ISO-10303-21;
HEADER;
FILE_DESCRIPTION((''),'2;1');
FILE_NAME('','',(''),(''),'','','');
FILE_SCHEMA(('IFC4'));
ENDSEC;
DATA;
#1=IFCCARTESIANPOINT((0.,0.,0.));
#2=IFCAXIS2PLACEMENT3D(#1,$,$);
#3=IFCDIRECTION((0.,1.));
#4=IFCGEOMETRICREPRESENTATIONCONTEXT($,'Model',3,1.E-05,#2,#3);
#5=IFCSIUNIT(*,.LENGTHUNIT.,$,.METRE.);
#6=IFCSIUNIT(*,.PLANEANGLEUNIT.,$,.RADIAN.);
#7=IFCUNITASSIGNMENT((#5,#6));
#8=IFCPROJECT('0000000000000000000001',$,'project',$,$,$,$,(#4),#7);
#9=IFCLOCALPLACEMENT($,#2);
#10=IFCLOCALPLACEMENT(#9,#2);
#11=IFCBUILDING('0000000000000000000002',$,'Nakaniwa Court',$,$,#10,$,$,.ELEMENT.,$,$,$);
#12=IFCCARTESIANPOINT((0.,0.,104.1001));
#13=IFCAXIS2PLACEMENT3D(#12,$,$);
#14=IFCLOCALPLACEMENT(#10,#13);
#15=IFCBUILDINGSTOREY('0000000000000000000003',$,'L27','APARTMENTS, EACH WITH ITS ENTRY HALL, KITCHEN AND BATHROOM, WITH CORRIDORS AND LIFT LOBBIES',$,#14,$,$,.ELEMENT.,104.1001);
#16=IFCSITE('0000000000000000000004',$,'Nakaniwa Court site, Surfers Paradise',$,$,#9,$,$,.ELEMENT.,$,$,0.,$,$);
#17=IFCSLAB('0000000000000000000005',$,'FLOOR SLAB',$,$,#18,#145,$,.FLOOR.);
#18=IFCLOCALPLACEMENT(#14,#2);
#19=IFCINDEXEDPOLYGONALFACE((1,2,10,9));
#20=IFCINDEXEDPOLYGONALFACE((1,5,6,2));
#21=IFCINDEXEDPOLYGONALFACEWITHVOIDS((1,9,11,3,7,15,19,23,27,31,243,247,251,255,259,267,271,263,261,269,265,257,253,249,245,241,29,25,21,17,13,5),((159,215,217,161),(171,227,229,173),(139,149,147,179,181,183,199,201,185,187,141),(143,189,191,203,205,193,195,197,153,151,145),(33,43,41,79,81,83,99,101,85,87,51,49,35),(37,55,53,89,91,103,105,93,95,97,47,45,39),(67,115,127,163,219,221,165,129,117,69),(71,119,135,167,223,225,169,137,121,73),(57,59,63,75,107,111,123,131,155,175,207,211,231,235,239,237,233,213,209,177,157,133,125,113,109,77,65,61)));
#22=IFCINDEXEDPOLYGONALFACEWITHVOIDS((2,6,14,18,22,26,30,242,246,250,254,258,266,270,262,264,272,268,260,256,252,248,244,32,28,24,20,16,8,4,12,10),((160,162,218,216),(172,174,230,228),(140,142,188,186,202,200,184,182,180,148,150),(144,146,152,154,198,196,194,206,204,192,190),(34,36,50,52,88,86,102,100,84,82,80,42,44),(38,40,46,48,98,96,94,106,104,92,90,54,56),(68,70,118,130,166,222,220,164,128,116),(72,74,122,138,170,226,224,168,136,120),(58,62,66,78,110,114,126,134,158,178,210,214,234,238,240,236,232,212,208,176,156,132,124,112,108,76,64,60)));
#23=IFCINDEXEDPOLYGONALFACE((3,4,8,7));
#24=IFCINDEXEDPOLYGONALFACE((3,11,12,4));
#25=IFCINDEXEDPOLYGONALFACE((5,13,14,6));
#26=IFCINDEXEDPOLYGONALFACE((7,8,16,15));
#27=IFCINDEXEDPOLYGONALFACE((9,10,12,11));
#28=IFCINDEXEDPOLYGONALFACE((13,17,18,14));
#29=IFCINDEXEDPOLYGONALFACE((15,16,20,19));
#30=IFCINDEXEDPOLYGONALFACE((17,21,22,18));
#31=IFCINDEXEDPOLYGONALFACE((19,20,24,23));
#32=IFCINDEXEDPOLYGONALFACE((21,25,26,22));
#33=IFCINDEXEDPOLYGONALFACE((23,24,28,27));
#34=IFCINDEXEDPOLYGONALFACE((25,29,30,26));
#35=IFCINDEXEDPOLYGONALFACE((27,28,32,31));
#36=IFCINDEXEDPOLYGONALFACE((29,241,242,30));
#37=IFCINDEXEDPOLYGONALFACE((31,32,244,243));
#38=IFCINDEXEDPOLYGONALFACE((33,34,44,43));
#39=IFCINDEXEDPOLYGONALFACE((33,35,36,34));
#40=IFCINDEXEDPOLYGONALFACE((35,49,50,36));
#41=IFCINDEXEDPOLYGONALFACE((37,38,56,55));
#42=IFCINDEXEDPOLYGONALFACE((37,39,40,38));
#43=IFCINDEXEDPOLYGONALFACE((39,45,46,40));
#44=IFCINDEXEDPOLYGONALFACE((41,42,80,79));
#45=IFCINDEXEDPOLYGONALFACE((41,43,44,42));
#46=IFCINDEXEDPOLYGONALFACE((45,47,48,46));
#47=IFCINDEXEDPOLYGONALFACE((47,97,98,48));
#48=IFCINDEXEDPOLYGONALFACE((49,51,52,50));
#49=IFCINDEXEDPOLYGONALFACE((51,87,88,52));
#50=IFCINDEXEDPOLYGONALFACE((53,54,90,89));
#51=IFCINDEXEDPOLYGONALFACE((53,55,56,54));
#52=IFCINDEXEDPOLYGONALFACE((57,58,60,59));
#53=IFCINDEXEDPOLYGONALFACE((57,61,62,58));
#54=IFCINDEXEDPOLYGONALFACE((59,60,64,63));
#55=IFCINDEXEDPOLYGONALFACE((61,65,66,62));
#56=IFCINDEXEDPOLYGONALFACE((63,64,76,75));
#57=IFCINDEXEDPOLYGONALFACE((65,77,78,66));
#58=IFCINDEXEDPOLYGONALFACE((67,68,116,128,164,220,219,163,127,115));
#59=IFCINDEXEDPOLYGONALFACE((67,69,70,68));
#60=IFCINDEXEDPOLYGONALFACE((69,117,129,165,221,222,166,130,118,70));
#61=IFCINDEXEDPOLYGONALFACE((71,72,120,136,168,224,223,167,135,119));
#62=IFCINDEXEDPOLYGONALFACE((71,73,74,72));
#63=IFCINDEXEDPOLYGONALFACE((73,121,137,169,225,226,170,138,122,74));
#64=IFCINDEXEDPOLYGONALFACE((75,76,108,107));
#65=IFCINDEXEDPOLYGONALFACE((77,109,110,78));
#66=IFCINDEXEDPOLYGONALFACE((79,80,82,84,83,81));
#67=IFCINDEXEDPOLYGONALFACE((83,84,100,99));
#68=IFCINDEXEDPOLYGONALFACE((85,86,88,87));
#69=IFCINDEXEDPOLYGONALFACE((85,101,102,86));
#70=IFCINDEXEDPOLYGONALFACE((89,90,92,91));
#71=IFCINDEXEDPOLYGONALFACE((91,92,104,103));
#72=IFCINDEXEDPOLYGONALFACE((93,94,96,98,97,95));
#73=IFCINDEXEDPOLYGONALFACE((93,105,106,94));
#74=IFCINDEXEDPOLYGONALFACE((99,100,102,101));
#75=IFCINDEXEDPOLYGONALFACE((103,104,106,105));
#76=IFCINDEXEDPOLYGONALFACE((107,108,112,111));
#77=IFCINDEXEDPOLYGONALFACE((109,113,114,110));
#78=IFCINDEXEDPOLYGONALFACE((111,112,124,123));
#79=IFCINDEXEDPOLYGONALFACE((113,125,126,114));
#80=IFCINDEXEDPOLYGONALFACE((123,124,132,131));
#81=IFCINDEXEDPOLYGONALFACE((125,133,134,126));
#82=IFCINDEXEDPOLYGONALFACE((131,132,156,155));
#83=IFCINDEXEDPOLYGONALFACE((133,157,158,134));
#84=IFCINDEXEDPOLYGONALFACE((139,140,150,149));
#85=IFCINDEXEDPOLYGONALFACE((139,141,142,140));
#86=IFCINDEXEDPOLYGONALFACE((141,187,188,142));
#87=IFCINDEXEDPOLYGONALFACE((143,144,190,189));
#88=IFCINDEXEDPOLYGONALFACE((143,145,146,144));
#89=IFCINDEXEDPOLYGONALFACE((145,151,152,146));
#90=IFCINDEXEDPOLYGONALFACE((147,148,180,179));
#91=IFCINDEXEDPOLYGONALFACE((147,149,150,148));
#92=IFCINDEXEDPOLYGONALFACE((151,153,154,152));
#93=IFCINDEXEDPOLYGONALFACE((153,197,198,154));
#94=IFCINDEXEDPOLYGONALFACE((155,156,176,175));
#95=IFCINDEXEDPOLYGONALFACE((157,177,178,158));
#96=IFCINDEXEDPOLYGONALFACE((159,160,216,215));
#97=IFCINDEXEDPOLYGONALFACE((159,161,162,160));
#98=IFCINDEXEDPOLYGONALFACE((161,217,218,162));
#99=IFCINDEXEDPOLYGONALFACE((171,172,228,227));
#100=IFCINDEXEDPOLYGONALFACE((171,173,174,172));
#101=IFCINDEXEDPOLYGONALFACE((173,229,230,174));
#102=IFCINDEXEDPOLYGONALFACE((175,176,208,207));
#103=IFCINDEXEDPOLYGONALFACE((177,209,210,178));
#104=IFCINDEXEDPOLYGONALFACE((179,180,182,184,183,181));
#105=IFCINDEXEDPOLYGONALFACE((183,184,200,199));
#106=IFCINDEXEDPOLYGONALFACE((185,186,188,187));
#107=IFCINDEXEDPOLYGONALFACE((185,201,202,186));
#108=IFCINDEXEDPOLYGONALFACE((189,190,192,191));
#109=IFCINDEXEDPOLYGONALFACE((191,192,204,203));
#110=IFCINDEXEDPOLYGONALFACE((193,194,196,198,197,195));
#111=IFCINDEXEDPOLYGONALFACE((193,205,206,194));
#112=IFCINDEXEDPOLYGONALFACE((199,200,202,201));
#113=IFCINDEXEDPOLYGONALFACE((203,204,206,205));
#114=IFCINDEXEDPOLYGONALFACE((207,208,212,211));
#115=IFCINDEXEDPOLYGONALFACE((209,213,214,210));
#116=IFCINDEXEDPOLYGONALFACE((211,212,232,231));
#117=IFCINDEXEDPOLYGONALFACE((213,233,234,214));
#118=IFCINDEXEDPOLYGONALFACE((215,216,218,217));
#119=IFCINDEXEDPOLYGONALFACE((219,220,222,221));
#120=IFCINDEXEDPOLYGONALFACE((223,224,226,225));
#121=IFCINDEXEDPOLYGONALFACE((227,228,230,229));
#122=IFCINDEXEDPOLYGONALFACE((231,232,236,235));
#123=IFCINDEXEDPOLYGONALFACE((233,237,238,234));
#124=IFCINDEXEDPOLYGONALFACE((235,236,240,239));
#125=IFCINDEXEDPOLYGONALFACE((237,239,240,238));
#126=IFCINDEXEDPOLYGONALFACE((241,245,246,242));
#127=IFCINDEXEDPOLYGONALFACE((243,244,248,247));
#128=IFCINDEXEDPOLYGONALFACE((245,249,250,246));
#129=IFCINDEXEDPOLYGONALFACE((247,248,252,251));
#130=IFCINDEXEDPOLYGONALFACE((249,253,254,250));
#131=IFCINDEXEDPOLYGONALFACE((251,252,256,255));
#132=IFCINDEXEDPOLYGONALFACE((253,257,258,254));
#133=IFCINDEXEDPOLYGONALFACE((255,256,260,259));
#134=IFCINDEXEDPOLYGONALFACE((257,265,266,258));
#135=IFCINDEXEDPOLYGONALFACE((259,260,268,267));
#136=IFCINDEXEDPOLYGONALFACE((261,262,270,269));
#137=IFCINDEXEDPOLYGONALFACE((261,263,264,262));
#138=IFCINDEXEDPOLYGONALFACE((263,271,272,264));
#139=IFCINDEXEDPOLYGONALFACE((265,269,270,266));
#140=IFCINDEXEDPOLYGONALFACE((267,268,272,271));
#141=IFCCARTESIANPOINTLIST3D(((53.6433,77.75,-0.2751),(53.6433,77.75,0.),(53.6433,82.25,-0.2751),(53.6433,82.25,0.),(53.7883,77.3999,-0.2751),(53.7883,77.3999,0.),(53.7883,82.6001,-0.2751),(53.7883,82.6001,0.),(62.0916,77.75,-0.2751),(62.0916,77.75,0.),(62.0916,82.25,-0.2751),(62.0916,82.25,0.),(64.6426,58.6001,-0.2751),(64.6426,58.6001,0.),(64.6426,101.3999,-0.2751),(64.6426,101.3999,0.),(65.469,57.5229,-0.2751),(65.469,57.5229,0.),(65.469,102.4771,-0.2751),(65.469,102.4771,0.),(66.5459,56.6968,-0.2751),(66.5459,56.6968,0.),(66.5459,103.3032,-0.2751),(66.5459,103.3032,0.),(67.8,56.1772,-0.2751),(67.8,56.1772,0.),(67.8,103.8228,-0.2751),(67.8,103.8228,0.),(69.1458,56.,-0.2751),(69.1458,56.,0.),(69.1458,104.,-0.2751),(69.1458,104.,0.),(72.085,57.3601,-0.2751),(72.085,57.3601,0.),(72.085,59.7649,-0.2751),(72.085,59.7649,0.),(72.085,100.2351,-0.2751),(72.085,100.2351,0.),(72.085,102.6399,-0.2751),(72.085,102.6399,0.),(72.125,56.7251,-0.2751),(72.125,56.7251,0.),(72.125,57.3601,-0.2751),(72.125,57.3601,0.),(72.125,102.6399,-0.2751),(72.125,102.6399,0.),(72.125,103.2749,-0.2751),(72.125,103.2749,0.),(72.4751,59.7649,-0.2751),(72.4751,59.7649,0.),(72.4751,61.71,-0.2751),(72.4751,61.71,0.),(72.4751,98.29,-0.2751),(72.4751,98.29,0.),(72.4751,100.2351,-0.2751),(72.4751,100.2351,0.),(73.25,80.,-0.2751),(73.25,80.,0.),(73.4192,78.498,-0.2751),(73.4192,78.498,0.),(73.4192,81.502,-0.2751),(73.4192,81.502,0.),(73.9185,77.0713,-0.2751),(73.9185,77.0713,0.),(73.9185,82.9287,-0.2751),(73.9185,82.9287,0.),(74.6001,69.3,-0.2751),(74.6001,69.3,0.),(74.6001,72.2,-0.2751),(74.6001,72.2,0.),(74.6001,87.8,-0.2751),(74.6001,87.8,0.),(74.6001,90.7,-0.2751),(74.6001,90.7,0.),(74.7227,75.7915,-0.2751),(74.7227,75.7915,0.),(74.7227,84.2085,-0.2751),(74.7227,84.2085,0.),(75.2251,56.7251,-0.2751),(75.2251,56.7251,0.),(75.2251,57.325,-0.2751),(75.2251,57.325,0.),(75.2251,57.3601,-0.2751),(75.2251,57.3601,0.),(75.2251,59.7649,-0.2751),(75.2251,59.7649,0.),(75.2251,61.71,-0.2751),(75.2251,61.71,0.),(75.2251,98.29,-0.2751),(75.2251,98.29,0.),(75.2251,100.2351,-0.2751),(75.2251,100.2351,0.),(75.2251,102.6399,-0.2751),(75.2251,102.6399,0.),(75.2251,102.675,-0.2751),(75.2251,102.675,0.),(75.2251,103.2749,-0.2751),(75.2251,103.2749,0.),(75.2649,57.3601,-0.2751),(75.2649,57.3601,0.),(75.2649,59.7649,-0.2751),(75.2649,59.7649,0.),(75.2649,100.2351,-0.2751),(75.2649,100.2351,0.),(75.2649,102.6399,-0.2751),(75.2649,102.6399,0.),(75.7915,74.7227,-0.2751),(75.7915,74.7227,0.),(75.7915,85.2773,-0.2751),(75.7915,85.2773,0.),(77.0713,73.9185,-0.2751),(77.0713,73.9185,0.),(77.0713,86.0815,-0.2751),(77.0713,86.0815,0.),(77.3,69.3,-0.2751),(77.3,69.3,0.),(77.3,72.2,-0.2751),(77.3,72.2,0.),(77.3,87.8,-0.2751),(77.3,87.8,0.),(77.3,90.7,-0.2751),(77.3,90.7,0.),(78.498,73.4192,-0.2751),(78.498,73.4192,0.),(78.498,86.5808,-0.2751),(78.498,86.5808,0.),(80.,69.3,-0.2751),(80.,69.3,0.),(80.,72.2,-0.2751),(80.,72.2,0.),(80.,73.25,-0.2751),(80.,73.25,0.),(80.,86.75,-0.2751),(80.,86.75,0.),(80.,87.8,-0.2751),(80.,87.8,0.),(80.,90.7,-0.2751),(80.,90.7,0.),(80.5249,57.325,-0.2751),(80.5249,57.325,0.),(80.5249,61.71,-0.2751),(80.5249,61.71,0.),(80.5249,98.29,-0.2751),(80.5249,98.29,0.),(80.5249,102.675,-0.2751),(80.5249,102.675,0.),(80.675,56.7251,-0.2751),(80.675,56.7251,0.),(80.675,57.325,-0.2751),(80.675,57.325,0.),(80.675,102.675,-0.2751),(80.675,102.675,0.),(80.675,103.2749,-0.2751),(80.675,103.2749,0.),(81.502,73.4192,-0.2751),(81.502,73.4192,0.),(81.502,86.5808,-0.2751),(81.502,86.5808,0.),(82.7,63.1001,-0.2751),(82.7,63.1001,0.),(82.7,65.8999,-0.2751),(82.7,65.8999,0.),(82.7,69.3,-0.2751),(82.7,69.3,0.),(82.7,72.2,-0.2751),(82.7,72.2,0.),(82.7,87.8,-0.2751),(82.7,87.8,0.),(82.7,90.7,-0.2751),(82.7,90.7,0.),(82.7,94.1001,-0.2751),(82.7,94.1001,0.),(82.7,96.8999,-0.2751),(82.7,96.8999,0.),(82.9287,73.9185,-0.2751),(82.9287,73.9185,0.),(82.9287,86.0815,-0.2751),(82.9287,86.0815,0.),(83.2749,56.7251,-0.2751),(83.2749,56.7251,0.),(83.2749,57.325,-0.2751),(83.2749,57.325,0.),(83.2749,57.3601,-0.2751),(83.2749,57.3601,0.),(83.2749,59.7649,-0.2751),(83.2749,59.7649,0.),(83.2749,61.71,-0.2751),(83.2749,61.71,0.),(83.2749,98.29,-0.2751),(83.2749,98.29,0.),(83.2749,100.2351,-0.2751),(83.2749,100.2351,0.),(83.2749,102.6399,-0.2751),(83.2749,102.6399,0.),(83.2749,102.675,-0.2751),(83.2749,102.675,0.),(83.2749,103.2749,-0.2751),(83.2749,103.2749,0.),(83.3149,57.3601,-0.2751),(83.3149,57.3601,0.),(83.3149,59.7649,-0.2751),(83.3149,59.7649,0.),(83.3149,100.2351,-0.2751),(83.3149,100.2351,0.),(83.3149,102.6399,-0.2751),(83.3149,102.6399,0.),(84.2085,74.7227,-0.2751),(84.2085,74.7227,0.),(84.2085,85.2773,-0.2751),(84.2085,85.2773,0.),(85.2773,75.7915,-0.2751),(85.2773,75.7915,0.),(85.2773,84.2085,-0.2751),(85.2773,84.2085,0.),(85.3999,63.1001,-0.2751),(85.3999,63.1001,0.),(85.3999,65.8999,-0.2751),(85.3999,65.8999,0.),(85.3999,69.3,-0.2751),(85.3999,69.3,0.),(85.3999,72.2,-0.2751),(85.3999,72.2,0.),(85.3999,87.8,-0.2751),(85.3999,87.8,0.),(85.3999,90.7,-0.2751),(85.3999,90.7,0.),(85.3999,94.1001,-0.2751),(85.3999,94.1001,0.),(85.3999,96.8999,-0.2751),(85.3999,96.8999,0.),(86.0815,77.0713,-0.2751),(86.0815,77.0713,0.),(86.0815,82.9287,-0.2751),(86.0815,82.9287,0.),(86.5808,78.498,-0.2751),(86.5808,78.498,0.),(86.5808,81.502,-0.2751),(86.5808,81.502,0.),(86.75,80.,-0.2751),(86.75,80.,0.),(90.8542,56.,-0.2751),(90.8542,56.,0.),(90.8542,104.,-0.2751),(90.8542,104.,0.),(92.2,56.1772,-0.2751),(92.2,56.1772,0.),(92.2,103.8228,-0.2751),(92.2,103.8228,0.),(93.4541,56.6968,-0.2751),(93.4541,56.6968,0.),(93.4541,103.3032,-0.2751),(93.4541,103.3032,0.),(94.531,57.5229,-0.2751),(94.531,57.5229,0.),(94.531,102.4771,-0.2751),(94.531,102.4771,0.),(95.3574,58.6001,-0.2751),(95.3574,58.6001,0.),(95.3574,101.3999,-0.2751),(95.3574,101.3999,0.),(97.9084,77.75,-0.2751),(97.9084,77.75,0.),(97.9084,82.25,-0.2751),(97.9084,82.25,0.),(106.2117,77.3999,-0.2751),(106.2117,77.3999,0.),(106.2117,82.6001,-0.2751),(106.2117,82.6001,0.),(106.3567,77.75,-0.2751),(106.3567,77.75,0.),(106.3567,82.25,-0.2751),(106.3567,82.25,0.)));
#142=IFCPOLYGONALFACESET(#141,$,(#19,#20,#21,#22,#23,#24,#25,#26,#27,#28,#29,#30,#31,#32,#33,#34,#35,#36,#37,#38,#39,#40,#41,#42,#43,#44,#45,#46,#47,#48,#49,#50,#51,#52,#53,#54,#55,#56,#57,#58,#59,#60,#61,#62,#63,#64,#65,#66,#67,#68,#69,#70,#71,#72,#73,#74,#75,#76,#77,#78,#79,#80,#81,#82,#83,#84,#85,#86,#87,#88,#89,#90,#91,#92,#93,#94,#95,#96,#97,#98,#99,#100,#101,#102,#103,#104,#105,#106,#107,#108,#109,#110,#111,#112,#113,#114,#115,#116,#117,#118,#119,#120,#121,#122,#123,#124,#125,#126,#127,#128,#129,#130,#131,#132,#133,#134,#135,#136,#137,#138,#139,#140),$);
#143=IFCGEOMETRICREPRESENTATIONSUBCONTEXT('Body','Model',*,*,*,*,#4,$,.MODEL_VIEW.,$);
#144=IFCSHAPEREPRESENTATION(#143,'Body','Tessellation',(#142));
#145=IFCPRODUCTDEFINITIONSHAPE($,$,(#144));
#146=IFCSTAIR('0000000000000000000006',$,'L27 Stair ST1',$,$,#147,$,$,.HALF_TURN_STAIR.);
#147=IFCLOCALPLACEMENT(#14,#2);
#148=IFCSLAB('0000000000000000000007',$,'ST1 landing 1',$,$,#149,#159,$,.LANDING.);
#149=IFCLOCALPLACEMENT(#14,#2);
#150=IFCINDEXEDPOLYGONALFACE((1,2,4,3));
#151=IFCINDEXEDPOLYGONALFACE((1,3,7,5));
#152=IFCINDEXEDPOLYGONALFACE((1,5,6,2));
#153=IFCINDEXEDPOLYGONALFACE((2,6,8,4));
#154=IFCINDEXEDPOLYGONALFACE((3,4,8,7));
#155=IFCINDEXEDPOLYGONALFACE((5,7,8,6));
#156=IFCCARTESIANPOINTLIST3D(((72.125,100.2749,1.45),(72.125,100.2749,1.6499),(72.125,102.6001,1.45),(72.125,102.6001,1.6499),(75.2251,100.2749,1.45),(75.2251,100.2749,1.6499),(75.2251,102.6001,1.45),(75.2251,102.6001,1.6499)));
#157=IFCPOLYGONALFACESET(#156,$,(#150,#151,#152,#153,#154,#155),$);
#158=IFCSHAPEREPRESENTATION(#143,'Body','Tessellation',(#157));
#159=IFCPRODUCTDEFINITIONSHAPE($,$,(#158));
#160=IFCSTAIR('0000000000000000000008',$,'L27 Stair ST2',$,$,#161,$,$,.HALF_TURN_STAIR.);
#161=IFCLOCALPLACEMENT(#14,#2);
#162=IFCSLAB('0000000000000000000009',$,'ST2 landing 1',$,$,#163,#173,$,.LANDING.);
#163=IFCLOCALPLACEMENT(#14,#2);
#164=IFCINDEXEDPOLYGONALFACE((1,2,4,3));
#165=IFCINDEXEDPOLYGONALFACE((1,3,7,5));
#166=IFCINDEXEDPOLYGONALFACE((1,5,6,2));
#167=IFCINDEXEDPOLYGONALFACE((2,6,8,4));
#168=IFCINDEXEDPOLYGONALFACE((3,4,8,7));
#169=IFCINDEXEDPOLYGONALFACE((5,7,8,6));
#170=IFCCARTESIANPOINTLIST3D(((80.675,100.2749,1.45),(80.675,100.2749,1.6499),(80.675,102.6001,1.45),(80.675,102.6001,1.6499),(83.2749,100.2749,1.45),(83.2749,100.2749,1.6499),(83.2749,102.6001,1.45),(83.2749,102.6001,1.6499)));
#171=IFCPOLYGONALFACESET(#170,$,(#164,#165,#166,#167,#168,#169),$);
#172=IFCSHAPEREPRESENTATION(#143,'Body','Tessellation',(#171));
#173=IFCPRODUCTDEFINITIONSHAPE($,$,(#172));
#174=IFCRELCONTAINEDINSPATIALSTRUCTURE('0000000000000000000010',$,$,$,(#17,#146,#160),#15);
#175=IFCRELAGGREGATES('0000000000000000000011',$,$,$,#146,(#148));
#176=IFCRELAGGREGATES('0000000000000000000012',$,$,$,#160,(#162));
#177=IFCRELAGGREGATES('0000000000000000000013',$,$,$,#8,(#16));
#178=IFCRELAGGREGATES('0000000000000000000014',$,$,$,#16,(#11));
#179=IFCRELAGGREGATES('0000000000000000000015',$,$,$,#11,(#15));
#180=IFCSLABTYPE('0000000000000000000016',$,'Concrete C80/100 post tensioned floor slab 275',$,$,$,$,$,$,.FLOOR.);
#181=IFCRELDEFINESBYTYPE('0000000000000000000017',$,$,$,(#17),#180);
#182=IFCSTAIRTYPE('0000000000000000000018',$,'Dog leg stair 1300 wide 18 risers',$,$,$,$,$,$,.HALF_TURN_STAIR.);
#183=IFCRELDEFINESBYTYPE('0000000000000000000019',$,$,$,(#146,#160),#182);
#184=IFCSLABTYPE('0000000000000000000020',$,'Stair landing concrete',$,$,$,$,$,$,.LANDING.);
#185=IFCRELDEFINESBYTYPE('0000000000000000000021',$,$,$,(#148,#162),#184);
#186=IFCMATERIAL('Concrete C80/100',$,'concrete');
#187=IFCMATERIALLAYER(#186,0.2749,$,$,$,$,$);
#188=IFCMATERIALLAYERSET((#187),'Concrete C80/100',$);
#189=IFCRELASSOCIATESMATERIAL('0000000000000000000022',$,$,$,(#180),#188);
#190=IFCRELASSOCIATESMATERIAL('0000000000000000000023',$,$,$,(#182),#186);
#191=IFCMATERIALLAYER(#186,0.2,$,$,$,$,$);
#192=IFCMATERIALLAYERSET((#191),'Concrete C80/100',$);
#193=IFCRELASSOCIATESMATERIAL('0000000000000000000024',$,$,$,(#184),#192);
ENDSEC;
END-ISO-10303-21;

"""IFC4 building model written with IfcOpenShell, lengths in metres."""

from ifc_helpers import new_model, si_unit, direction, frame, origin, place, context, subcontext, project, spatial, polyline, outline, extrude, material, layer, layer_set, type_object, element, aggregate, save


model = new_model("IFC4")

# Units and contexts
model_context = context("Model", 3, precision=1e-05, world=origin(), true_north=direction((0.0, 1.0)))
body_context = subcontext(model_context, "Body", "Model", "MODEL_VIEW")
ifc_project = project(units=[si_unit("LENGTHUNIT", "METRE"), si_unit("PLANEANGLEUNIT", "RADIAN")], contexts=[model_context])

# Site, building, storey
site_placement = place(None, origin())
site = spatial("IfcSite", under=ifc_project, at=site_placement, Name="Nakaniwa Court site, Surfers Paradise", CompositionType="ELEMENT", RefElevation=0.0)
building_placement = place(site_placement, origin())
building = spatial("IfcBuilding", under=site, at=building_placement, Name="Nakaniwa Court", CompositionType="ELEMENT")
storey_placement = place(building_placement, frame((0.0, 0.0, 104.1001)))
storey = spatial("IfcBuildingStorey", under=building, at=storey_placement, Name="L27", Description="APARTMENTS, EACH WITH ITS ENTRY HALL, KITCHEN AND BATHROOM, WITH CORRIDORS AND LIFT LOBBIES", CompositionType="ELEMENT", Elevation=104.1001)

# Shared definitions
ifc_material_1 = material(Name="Concrete C80/100", Category="concrete")

# Slab
ifc_layer_1 = layer(ifc_material_1, 0.2749)
ifc_layer_set_1 = layer_set([ifc_layer_1], Name="Concrete C80/100")
slab_type_1 = type_object("IfcSlabType", Name="Concrete C80/100 post tensioned floor slab 275", PredefinedType="FLOOR", material=ifc_layer_set_1)
slab_1_placement = place(storey_placement, frame((0.0, 0.0, -0.2751)))
element("IfcSlab", 1, at=slab_1_placement, inside=storey, type_object=slab_type_1, Name="FLOOR SLAB", PredefinedType="FLOOR", context=body_context, shape_type="SweptSolid", body=[
    extrude(outline(polyline([(97.9084, 82.25), (106.3567, 82.25), (106.2117, 82.6001), (95.3574, 101.3999), (94.531, 102.4771), (93.4541, 103.3032), (92.2, 103.8228), (90.8542, 104.0), (69.1458, 104.0), (67.8, 103.8228), (66.5459, 103.3032), (65.469, 102.4771), (64.6426, 101.3999), (53.7883, 82.6001), (53.6433, 82.25), (62.0916, 82.25), (62.0916, 77.75), (53.6433, 77.75), (53.7883, 77.3999), (64.6426, 58.6001), (65.469, 57.5229), (66.5459, 56.6968), (67.8, 56.1772), (69.1458, 56.0), (90.8542, 56.0), (92.2, 56.1772), (93.4541, 56.6968), (94.531, 57.5229), (95.3574, 58.6001), (106.2117, 77.3999), (106.3567, 77.75), (97.9084, 77.75), (97.9084, 82.25)]), holes=[polyline([(81.502, 86.5808), (80.0, 86.75), (78.498, 86.5808), (77.0713, 86.0815), (75.7915, 85.2773), (74.7227, 84.2085), (73.9185, 82.9287), (73.4192, 81.502), (73.25, 80.0), (73.4192, 78.498), (73.9185, 77.0713), (74.7227, 75.7915), (75.7915, 74.7227), (77.0713, 73.9185), (78.498, 73.4192), (80.0, 73.25), (81.502, 73.4192), (82.9287, 73.9185), (84.2085, 74.7227), (85.2773, 75.7915), (86.0815, 77.0713), (86.5808, 78.498), (86.75, 80.0), (86.5808, 81.502), (86.0815, 82.9287), (85.2773, 84.2085), (84.2085, 85.2773), (82.9287, 86.0815), (81.502, 86.5808)]), polyline([(75.2649, 57.3601), (75.2649, 59.7649), (75.2251, 59.7649), (75.2251, 61.71), (72.4751, 61.71), (72.4751, 59.7649), (72.085, 59.7649), (72.085, 57.3601), (72.125, 57.3601), (72.125, 56.7251), (75.2251, 56.7251), (75.2251, 57.325), (75.2251, 57.3601), (75.2649, 57.3601)]), polyline([(80.0, 69.3), (82.7, 69.3), (85.3999, 69.3), (85.3999, 72.2), (82.7, 72.2), (80.0, 72.2), (77.3, 72.2), (74.6001, 72.2), (74.6001, 69.3), (77.3, 69.3), (80.0, 69.3)]), polyline([(80.0, 87.8), (82.7, 87.8), (85.3999, 87.8), (85.3999, 90.7), (82.7, 90.7), (80.0, 90.7), (77.3, 90.7), (74.6001, 90.7), (74.6001, 87.8), (77.3, 87.8), (80.0, 87.8)]), polyline([(75.2649, 100.2351), (75.2649, 102.6399), (75.2251, 102.6399), (75.2251, 102.675), (75.2251, 103.2749), (72.125, 103.2749), (72.125, 102.6399), (72.085, 102.6399), (72.085, 100.2351), (72.4751, 100.2351), (72.4751, 98.29), (75.2251, 98.29), (75.2251, 100.2351), (75.2649, 100.2351)]), polyline([(83.2749, 61.71), (80.5249, 61.71), (80.5249, 57.325), (80.675, 57.325), (80.675, 56.7251), (83.2749, 56.7251), (83.2749, 57.325), (83.2749, 57.3601), (83.3149, 57.3601), (83.3149, 59.7649), (83.2749, 59.7649), (83.2749, 61.71)]), polyline([(85.3999, 65.8999), (82.7, 65.8999), (82.7, 63.1001), (85.3999, 63.1001), (85.3999, 65.8999)]), polyline([(85.3999, 96.8999), (82.7, 96.8999), (82.7, 94.1001), (85.3999, 94.1001), (85.3999, 96.8999)]), polyline([(83.2749, 100.2351), (83.3149, 100.2351), (83.3149, 102.6399), (83.2749, 102.6399), (83.2749, 102.675), (83.2749, 103.2749), (80.675, 103.2749), (80.675, 102.675), (80.5249, 102.675), (80.5249, 98.29), (83.2749, 98.29), (83.2749, 100.2351)])]), origin(), (0.0, 0.0, 1.0), 0.2751),
])

# Stairs, slabs
stair_type = type_object("IfcStairType", Name="Dog leg stair 1300 wide 18 risers", PredefinedType="HALF_TURN_STAIR", material=ifc_material_1)
stair_1_placement = place(storey_placement, origin())
stair_1 = element("IfcStair", 2, at=stair_1_placement, inside=storey, type_object=stair_type, Name="L27 Stair ST1", PredefinedType="HALF_TURN_STAIR")
ifc_layer_2 = layer(ifc_material_1, 0.2)
ifc_layer_set_2 = layer_set([ifc_layer_2], Name="Concrete C80/100")
slab_type_2 = type_object("IfcSlabType", Name="Stair landing concrete", PredefinedType="LANDING", material=ifc_layer_set_2)
slab_2_placement = place(storey_placement, frame((0.0, 0.0, 1.45)))
slab_2 = element("IfcSlab", 3, at=slab_2_placement, type_object=slab_type_2, Name="ST1 landing 1", PredefinedType="LANDING", context=body_context, shape_type="SweptSolid", body=[
    extrude(outline(polyline([(75.2251, 100.2749), (75.2251, 102.6001), (72.125, 102.6001), (72.125, 100.2749), (75.2251, 100.2749)])), origin(), (0.0, 0.0, 1.0), 0.2),
])
aggregate(stair_1, [slab_2])
stair_2_placement = place(storey_placement, origin())
stair_2 = element("IfcStair", 4, at=stair_2_placement, inside=storey, type_object=stair_type, Name="L27 Stair ST2", PredefinedType="HALF_TURN_STAIR")
slab_3_placement = place(storey_placement, frame((0.0, 0.0, 1.45)))
slab_3 = element("IfcSlab", 5, at=slab_3_placement, type_object=slab_type_2, Name="ST2 landing 1", PredefinedType="LANDING", context=body_context, shape_type="SweptSolid", body=[
    extrude(outline(polyline([(83.2749, 100.2749), (83.2749, 102.6001), (80.675, 102.6001), (80.675, 100.2749), (83.2749, 100.2749)])), origin(), (0.0, 0.0, 1.0), 0.2),
])
aggregate(stair_2, [slab_3])

save(model, "model.ifc")
